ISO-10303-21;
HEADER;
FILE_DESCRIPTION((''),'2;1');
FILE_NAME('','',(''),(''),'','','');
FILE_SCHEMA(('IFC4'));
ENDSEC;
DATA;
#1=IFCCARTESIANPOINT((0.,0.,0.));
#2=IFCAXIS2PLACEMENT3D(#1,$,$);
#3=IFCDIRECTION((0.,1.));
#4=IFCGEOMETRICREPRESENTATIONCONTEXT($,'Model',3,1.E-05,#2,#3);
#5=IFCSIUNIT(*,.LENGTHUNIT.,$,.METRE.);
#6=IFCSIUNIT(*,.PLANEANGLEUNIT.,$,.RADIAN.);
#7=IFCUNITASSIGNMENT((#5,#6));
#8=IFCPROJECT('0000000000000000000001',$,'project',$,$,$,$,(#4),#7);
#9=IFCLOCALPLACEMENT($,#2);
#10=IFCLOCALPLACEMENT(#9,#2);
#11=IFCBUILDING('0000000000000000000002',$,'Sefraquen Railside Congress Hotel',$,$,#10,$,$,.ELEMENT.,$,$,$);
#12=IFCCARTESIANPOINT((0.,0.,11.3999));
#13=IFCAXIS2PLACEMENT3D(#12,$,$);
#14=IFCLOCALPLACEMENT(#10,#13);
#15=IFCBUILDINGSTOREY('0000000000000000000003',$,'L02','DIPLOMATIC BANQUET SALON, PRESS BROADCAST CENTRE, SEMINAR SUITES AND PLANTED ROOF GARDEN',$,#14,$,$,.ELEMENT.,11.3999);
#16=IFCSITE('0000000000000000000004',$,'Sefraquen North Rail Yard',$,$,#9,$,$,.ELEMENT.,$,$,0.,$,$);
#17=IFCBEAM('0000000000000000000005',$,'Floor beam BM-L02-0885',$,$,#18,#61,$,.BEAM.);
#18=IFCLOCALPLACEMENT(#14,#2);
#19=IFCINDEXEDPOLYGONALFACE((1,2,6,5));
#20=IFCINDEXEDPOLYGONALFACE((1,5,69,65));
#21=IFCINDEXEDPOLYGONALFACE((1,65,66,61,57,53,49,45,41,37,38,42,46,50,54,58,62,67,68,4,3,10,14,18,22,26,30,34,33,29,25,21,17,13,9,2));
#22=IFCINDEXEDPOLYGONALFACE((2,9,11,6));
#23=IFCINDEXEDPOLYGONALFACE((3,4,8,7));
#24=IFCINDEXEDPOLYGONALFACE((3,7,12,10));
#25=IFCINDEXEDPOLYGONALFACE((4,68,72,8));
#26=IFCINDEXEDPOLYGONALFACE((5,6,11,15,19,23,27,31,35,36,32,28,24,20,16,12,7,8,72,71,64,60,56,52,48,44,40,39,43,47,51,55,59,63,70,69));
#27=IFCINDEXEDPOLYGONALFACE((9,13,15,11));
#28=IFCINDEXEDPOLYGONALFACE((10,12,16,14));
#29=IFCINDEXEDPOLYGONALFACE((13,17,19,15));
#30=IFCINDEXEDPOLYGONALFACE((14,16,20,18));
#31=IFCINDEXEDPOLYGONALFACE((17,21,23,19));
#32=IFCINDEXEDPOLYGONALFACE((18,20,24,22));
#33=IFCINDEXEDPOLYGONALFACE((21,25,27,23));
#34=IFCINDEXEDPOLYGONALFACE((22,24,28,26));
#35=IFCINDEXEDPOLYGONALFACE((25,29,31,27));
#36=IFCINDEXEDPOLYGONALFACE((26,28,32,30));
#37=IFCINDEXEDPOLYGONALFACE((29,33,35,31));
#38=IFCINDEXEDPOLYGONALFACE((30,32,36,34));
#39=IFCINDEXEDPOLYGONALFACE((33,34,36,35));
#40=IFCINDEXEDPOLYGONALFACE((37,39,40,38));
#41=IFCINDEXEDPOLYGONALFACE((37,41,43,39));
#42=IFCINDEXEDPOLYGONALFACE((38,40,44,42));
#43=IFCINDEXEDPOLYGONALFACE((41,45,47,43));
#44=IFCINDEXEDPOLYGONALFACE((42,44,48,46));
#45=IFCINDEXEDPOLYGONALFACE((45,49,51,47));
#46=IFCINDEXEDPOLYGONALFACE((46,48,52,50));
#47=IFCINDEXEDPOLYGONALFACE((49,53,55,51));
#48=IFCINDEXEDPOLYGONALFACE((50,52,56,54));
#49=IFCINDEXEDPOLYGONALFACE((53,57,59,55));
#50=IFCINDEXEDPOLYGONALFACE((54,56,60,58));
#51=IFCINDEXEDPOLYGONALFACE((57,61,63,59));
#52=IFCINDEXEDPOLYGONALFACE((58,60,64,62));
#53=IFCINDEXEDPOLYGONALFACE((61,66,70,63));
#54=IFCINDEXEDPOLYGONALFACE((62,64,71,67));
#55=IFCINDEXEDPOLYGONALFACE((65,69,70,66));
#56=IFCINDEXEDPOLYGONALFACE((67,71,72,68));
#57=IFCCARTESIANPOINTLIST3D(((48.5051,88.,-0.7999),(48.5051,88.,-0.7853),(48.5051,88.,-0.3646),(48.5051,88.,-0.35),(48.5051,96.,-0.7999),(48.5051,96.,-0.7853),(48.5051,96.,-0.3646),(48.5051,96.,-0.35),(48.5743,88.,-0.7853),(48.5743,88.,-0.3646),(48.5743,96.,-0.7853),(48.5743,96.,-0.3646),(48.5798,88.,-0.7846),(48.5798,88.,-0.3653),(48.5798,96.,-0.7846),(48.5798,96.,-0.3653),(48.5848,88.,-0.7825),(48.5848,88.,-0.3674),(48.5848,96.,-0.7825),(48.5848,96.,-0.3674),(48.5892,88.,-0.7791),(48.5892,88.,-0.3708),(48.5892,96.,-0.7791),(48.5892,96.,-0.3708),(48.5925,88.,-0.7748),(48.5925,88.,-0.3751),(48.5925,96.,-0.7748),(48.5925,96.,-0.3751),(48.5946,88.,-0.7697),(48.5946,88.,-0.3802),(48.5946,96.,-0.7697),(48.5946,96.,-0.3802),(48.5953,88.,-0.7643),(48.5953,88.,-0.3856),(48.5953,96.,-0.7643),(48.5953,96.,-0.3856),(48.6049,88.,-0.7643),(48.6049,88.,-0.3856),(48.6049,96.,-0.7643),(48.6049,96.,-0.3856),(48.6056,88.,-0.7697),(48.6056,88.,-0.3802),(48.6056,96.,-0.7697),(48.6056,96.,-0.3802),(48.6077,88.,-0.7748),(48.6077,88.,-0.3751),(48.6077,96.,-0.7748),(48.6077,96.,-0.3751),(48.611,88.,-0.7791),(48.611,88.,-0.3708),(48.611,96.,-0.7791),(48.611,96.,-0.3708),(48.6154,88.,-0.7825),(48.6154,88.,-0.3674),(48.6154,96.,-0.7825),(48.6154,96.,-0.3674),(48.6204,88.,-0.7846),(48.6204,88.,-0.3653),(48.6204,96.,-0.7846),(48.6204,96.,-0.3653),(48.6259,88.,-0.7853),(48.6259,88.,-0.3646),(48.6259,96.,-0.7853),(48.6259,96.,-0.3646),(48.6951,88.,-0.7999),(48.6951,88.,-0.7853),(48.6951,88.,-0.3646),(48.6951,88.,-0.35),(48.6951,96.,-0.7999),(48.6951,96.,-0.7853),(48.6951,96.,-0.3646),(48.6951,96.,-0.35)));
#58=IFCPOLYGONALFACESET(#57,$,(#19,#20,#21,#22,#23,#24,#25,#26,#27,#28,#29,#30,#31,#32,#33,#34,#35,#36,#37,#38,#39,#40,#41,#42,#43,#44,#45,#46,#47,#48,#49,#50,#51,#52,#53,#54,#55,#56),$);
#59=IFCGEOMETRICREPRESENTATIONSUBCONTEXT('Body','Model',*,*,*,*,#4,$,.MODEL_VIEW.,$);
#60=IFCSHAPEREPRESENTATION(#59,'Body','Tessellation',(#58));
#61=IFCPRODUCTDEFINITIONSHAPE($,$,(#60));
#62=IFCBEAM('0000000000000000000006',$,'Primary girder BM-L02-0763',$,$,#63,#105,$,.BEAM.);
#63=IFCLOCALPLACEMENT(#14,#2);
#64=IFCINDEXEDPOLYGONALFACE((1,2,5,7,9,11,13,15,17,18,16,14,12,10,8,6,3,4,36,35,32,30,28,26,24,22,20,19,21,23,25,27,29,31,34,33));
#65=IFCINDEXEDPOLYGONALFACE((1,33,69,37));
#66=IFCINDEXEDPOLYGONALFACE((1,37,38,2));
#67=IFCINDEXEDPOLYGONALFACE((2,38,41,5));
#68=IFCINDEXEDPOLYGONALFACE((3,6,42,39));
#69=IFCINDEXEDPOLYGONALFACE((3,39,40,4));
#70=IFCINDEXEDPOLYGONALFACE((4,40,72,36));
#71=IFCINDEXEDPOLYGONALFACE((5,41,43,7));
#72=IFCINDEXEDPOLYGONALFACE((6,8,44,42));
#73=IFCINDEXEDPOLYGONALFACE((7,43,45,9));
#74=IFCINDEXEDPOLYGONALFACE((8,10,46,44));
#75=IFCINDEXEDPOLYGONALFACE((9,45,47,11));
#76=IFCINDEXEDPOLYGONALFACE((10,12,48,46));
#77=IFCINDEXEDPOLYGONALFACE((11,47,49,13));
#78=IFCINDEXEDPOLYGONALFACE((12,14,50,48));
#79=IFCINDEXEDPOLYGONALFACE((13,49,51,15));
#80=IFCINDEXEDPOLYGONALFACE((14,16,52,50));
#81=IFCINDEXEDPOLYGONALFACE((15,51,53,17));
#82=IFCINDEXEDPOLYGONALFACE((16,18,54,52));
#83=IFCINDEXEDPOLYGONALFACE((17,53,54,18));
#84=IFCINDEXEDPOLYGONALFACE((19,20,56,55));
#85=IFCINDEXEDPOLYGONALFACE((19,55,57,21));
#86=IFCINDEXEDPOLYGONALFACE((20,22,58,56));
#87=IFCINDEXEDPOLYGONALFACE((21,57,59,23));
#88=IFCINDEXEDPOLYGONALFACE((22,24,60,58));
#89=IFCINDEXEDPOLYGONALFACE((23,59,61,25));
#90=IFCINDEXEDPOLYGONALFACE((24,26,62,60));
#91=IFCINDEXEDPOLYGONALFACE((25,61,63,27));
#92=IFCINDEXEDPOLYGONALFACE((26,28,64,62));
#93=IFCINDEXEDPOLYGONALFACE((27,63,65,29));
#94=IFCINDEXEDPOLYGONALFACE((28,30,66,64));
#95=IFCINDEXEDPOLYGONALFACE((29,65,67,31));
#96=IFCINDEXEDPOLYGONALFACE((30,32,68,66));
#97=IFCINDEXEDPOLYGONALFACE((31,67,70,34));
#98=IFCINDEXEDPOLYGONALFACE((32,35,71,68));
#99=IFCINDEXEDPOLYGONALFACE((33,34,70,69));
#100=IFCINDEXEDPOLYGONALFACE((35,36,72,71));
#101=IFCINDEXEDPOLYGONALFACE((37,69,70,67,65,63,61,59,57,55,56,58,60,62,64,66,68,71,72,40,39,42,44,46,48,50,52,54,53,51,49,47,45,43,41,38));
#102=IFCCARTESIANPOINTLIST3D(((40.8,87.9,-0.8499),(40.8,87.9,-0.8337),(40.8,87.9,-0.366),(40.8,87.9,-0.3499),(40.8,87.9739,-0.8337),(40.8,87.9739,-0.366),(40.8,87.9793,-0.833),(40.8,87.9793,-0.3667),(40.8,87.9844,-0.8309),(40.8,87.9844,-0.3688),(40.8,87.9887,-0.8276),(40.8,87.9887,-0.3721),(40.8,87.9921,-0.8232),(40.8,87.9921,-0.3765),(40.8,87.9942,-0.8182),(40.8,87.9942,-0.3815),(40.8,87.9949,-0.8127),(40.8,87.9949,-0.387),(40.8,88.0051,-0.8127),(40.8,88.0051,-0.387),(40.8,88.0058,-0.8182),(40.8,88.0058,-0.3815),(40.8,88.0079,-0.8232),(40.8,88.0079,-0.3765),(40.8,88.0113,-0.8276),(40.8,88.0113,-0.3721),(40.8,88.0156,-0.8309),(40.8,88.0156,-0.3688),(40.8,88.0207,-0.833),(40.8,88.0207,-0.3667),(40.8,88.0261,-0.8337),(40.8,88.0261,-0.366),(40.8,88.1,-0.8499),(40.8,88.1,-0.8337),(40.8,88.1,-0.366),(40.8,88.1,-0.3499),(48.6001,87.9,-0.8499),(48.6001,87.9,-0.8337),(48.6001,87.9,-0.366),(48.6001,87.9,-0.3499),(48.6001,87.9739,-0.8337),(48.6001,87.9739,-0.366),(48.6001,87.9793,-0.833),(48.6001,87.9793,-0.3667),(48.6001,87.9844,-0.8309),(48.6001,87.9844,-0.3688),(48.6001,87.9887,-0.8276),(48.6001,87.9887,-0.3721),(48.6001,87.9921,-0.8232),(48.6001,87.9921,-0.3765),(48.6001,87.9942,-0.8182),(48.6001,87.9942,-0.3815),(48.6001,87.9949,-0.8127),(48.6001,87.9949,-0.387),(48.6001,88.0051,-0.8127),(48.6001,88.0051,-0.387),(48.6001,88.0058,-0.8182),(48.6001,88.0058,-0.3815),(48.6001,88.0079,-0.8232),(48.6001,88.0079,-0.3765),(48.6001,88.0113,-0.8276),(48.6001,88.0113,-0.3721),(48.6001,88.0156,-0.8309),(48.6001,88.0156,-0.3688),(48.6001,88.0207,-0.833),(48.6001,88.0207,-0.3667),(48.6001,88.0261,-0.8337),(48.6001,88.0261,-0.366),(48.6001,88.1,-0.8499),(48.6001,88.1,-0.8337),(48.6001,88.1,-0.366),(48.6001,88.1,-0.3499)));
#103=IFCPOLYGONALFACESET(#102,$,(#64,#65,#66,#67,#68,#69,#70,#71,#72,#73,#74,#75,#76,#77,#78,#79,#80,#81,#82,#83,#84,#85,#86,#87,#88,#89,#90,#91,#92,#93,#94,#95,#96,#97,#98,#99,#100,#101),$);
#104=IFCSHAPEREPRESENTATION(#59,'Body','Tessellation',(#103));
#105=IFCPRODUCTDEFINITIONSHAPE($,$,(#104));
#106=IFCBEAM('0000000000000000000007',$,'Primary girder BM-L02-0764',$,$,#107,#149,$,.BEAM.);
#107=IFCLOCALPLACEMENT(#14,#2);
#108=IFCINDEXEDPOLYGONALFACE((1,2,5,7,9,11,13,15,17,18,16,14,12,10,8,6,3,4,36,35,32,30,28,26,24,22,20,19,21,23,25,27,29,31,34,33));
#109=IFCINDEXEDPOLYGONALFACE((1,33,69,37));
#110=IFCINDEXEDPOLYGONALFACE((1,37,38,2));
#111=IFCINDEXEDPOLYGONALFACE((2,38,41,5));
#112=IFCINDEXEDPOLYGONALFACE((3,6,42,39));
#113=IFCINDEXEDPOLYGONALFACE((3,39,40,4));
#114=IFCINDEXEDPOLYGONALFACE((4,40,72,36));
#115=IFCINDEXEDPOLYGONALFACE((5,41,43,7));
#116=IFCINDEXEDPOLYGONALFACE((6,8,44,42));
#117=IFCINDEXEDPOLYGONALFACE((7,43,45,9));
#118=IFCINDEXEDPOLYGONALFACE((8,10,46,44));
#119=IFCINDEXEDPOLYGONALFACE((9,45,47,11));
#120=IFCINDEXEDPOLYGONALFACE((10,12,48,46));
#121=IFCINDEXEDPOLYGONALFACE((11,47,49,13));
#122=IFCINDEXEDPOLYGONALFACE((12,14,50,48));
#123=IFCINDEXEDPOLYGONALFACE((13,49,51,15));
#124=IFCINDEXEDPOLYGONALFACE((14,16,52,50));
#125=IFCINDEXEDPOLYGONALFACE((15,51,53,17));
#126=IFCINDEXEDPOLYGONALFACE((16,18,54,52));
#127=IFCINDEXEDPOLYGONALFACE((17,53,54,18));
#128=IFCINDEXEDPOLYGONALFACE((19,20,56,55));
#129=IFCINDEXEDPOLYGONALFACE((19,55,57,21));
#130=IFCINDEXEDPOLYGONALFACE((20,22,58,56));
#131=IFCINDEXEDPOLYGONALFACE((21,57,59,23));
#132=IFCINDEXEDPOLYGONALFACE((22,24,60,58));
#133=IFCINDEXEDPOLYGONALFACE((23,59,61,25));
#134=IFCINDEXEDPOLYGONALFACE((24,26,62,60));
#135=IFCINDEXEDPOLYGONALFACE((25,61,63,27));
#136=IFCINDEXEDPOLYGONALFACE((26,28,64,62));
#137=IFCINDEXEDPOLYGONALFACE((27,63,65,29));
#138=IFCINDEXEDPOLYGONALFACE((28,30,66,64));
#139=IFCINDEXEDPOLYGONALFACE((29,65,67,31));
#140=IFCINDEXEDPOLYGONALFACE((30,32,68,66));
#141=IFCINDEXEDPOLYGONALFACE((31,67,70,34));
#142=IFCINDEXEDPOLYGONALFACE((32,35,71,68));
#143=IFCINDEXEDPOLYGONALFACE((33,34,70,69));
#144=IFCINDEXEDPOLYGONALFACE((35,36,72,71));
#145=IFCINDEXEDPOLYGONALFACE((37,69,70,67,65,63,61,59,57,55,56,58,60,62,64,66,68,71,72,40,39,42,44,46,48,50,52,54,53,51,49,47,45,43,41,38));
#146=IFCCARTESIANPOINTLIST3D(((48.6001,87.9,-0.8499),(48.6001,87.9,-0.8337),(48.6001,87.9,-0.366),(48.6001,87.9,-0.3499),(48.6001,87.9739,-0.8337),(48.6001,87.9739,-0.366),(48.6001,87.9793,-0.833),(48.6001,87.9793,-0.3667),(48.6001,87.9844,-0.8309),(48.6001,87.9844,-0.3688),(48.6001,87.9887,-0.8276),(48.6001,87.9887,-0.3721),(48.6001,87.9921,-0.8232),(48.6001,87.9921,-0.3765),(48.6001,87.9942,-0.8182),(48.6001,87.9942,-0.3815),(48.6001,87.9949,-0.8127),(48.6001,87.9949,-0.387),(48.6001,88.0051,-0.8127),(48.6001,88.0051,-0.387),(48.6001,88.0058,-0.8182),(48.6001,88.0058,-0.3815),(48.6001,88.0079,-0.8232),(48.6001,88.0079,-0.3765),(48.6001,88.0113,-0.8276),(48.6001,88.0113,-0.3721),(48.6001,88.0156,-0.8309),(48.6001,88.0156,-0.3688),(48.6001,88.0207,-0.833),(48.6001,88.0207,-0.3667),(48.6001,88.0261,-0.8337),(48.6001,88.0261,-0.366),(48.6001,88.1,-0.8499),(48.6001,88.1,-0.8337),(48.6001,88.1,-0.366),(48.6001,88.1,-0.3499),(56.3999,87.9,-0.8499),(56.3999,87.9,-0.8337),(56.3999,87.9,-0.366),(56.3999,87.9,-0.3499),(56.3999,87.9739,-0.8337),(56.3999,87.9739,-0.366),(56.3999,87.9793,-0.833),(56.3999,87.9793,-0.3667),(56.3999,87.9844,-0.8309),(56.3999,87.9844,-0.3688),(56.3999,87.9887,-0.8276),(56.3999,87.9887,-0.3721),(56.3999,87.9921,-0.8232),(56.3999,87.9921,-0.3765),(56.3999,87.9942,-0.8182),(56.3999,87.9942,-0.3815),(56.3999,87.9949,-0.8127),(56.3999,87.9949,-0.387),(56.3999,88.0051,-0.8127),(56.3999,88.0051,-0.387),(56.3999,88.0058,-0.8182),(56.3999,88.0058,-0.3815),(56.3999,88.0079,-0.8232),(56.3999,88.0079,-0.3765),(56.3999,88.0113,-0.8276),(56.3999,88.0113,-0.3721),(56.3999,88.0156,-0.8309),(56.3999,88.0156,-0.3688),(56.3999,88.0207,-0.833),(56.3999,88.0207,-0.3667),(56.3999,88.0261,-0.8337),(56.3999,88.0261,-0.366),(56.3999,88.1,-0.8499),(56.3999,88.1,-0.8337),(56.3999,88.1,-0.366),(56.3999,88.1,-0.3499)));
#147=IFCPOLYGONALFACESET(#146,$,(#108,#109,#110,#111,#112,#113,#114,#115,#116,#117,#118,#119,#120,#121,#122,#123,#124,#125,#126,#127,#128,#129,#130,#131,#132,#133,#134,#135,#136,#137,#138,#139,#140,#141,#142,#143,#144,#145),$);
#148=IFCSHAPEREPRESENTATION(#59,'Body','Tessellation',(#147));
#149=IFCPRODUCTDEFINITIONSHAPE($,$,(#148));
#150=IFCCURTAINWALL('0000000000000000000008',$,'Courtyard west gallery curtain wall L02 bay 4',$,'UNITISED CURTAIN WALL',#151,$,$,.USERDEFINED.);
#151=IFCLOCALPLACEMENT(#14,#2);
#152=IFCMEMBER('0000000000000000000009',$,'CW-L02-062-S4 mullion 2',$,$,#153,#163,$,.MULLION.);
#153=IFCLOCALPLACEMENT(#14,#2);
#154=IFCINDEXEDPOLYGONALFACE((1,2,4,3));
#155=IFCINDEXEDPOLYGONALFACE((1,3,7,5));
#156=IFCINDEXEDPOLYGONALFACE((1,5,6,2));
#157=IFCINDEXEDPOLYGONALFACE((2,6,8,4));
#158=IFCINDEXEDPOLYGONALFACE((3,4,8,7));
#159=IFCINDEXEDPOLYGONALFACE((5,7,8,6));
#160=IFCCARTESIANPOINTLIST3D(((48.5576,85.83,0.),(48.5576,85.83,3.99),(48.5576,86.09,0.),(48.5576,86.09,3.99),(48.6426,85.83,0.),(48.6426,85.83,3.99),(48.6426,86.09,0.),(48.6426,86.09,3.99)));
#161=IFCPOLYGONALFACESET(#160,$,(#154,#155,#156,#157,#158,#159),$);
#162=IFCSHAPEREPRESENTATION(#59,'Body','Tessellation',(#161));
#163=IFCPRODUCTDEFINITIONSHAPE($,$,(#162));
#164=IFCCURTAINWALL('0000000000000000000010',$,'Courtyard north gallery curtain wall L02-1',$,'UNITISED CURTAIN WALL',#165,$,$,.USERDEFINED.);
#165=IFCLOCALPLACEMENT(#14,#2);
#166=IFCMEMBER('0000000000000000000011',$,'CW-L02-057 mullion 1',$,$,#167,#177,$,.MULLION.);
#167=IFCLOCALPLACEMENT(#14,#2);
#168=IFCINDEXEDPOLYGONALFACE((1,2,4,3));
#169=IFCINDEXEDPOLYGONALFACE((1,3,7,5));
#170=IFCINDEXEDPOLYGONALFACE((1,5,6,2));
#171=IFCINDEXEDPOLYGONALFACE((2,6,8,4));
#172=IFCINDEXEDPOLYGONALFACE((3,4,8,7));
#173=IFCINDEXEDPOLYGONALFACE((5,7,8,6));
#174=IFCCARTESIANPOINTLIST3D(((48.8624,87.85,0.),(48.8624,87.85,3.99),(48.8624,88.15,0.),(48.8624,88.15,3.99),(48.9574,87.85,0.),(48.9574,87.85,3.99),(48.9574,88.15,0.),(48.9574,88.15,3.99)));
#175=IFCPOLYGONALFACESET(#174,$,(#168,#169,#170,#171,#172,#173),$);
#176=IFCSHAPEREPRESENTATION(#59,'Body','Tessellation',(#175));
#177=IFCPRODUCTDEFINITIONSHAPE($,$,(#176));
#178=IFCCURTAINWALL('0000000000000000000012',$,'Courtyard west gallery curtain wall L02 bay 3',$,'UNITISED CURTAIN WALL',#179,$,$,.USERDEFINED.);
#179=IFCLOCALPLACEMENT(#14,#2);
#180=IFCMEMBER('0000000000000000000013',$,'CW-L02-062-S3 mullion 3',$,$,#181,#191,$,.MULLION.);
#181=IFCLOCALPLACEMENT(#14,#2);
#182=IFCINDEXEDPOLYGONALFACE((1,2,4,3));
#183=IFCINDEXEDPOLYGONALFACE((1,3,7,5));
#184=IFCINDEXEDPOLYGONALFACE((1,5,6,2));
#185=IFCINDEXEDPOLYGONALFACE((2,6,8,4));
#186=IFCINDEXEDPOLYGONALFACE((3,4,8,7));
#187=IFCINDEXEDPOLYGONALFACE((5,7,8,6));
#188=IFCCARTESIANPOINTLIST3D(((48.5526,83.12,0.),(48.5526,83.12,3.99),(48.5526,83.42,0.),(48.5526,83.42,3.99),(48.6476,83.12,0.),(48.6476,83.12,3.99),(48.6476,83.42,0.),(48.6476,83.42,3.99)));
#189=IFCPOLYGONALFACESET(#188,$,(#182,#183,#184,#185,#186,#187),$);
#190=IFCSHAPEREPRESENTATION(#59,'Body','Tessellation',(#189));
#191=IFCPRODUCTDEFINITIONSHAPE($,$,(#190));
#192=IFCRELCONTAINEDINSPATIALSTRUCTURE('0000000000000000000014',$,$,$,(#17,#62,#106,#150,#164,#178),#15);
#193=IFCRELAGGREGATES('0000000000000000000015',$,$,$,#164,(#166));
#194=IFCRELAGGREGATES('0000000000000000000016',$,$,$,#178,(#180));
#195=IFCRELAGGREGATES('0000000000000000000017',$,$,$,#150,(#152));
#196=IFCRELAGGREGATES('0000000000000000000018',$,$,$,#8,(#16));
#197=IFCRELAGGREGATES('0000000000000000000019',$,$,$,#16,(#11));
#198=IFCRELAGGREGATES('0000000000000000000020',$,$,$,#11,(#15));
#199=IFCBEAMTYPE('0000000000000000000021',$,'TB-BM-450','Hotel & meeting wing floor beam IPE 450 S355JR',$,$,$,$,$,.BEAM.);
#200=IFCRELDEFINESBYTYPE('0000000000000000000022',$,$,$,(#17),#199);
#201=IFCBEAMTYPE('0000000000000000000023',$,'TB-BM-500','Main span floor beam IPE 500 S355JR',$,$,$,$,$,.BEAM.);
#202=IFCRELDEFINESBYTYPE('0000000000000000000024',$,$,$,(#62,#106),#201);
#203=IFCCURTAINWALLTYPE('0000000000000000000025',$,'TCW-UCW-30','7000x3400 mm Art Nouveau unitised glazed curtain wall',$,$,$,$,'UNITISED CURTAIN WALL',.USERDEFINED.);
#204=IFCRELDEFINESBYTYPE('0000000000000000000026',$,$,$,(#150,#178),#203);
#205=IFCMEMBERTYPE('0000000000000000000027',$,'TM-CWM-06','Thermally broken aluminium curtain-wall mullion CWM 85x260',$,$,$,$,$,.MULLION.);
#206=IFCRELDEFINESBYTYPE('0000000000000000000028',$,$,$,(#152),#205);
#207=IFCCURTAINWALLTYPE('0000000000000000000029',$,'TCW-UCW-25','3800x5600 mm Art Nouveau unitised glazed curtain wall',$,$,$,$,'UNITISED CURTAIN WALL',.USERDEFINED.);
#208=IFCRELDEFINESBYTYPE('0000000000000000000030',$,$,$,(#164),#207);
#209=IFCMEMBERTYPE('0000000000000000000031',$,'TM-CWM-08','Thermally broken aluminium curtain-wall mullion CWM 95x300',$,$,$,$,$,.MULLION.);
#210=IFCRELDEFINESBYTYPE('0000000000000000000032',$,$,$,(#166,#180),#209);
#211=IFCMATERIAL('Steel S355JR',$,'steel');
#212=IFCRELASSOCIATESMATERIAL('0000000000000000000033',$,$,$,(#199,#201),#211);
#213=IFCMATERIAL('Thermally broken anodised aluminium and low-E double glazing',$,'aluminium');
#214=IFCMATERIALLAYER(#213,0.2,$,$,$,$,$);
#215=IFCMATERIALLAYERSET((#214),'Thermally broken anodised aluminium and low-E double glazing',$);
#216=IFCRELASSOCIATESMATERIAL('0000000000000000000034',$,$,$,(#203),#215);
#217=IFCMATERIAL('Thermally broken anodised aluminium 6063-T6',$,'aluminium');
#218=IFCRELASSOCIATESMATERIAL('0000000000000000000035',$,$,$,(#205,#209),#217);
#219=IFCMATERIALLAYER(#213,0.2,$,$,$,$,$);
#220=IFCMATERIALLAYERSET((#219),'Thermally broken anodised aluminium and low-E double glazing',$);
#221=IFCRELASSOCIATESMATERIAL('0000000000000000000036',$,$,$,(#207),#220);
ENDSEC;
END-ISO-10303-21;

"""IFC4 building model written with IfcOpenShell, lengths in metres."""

from ifc_helpers import new_model, si_unit, direction, frame, origin, origin_2d, place, context, subcontext, project, spatial, rectangle, i_section, extrude, material, layer, layer_set, material_profile, profile_set, type_object, element, aggregate, save


model = new_model("IFC4")

# Units and contexts
model_context = context("Model", 3, precision=1e-05, world=origin(), true_north=direction((0.0, 1.0)))
body_context = subcontext(model_context, "Body", "Model", "MODEL_VIEW")
ifc_project = project(units=[si_unit("LENGTHUNIT", "METRE"), si_unit("PLANEANGLEUNIT", "RADIAN")], contexts=[model_context])

# Site, building, storey
site_placement = place(None, origin())
site = spatial("IfcSite", under=ifc_project, at=site_placement, Name="Sefraquen North Rail Yard", CompositionType="ELEMENT", RefElevation=0.0)
building_placement = place(site_placement, origin())
building = spatial("IfcBuilding", under=site, at=building_placement, Name="Sefraquen Railside Congress Hotel", CompositionType="ELEMENT")
storey_placement = place(building_placement, frame((0.0, 0.0, 11.3999)))
storey = spatial("IfcBuildingStorey", under=building, at=storey_placement, Name="L02", Description="DIPLOMATIC BANQUET SALON, PRESS BROADCAST CENTRE, SEMINAR SUITES AND PLANTED ROOF GARDEN", CompositionType="ELEMENT", Elevation=11.3999)

# Shared definitions
ifc_material_1 = material(Name="Steel S355JR", Category="steel")

# Beams
ifc_material_profile_1 = material_profile(ifc_material_1, i_section(OverallWidth=0.1899, OverallDepth=0.45, WebThickness=0.0095, FlangeThickness=0.0146, FilletRadius=0.021, at=origin_2d()), Name="IPE 450")
ifc_profile_set_1 = profile_set([ifc_material_profile_1], Name="Steel S355JR")
beam_type_1 = type_object("IfcBeamType", Name="TB-BM-450", Description="Hotel & meeting wing floor beam IPE 450 S355JR", PredefinedType="BEAM", material=ifc_profile_set_1)
for number, where, z_axis, x_axis, name in (
    (1, (48.6001, 88.0, -0.575), (0.0, 1.0, 0.0), (-1.0, 0.0, 0.0), "Floor beam BM-L02-0885"),
):
    element("IfcBeam", number, at=place(storey_placement, frame(where, z_axis=z_axis, x_axis=x_axis)), inside=storey, type_object=beam_type_1, Name=name, PredefinedType="BEAM", context=body_context, shape_type="SweptSolid", body=[
        extrude(i_section(OverallWidth=0.1899, OverallDepth=0.45, WebThickness=0.0095, FlangeThickness=0.0146, FilletRadius=0.021, at=origin_2d()), origin(), (0.0, 0.0, 1.0), 8.0),
    ])
ifc_material_profile_2 = material_profile(ifc_material_1, i_section(OverallWidth=0.2, OverallDepth=0.5, WebThickness=0.0103, FlangeThickness=0.0161, FilletRadius=0.021, at=origin_2d()), Name="IPE 500")
ifc_profile_set_2 = profile_set([ifc_material_profile_2], Name="Steel S355JR")
beam_type_2 = type_object("IfcBeamType", Name="TB-BM-500", Description="Main span floor beam IPE 500 S355JR", PredefinedType="BEAM", material=ifc_profile_set_2)
beam_1_placement = place(storey_placement, frame((40.8, 88.0, -0.5999), z_axis=(1.0, 0.0, 0.0), x_axis=(0.0, 1.0, 0.0)))
element("IfcBeam", 2, at=beam_1_placement, inside=storey, type_object=beam_type_2, Name="Primary girder BM-L02-0763", PredefinedType="BEAM", context=body_context, shape_type="SweptSolid", body=[
    extrude(i_section(OverallWidth=0.2, OverallDepth=0.5, WebThickness=0.0103, FlangeThickness=0.0161, FilletRadius=0.021, at=origin_2d()), origin(), (0.0, 0.0, 1.0), 7.8),
])
beam_2_placement = place(storey_placement, frame((48.6001, 88.0, -0.5999), z_axis=(1.0, 0.0, 0.0), x_axis=(0.0, 1.0, 0.0)))
element("IfcBeam", 3, at=beam_2_placement, inside=storey, type_object=beam_type_2, Name="Primary girder BM-L02-0764", PredefinedType="BEAM", context=body_context, shape_type="SweptSolid", body=[
    extrude(i_section(OverallWidth=0.2, OverallDepth=0.5, WebThickness=0.0103, FlangeThickness=0.0161, FilletRadius=0.021, at=origin_2d()), origin(), (0.0, 0.0, 1.0), 7.7998),
])

# Curtain walls, members
ifc_material_2 = material(Name="Thermally broken anodised aluminium and low-E double glazing", Category="aluminium")
ifc_layer_1 = layer(ifc_material_2, 0.2)
ifc_layer_set_1 = layer_set([ifc_layer_1], Name="Thermally broken anodised aluminium and low-E double glazing")
curtain_wall_type_1 = type_object("IfcCurtainWallType", Name="TCW-UCW-30", Description="7000x3400 mm Art Nouveau unitised glazed curtain wall", ElementType="UNITISED CURTAIN WALL", PredefinedType="USERDEFINED", material=ifc_layer_set_1)
curtain_wall_1_placement = place(storey_placement, origin())
curtain_wall_1 = element("IfcCurtainWall", 4, at=curtain_wall_1_placement, inside=storey, type_object=curtain_wall_type_1, Name="Courtyard west gallery curtain wall L02 bay 4", ObjectType="UNITISED CURTAIN WALL", PredefinedType="USERDEFINED")
ifc_material_3 = material(Name="Thermally broken anodised aluminium 6063-T6", Category="aluminium")
ifc_material_profile_3 = material_profile(ifc_material_3, rectangle(XDim=0.085, YDim=0.26, at=origin_2d()), Name="CWM 85x260")
ifc_profile_set_3 = profile_set([ifc_material_profile_3], Name="Thermally broken anodised aluminium 6063-T6")
member_type_1 = type_object("IfcMemberType", Name="TM-CWM-06", Description="Thermally broken aluminium curtain-wall mullion CWM 85x260", PredefinedType="MULLION", material=ifc_profile_set_3)
member_1_placement = place(storey_placement, frame((48.6001, 85.96, 0.0), z_axis=(0.0, 0.0, 1.0), x_axis=(1.0, 0.0, 0.0)))
member_1 = element("IfcMember", 5, at=member_1_placement, type_object=member_type_1, Name="CW-L02-062-S4 mullion 2", PredefinedType="MULLION", context=body_context, shape_type="SweptSolid", body=[
    extrude(rectangle(XDim=0.085, YDim=0.26, at=origin_2d()), origin(), (0.0, 0.0, 1.0), 3.99),
])
ifc_layer_2 = layer(ifc_material_2, 0.2)
ifc_layer_set_2 = layer_set([ifc_layer_2], Name="Thermally broken anodised aluminium and low-E double glazing")
curtain_wall_type_2 = type_object("IfcCurtainWallType", Name="TCW-UCW-25", Description="3800x5600 mm Art Nouveau unitised glazed curtain wall", ElementType="UNITISED CURTAIN WALL", PredefinedType="USERDEFINED", material=ifc_layer_set_2)
curtain_wall_2_placement = place(storey_placement, origin())
curtain_wall_2 = element("IfcCurtainWall", 6, at=curtain_wall_2_placement, inside=storey, type_object=curtain_wall_type_2, Name="Courtyard north gallery curtain wall L02-1", ObjectType="UNITISED CURTAIN WALL", PredefinedType="USERDEFINED")
ifc_material_profile_4 = material_profile(ifc_material_3, rectangle(XDim=0.095, YDim=0.3, at=origin_2d()), Name="CWM 95x300")
ifc_profile_set_4 = profile_set([ifc_material_profile_4], Name="Thermally broken anodised aluminium 6063-T6")
member_type_2 = type_object("IfcMemberType", Name="TM-CWM-08", Description="Thermally broken aluminium curtain-wall mullion CWM 95x300", PredefinedType="MULLION", material=ifc_profile_set_4)
member_2_placement = place(storey_placement, frame((48.9099, 88.0, 0.0), z_axis=(0.0, 0.0, 1.0), x_axis=(1.0, 0.0, 0.0)))
member_2 = element("IfcMember", 7, at=member_2_placement, type_object=member_type_2, Name="CW-L02-057 mullion 1", PredefinedType="MULLION", context=body_context, shape_type="SweptSolid", body=[
    extrude(rectangle(XDim=0.095, YDim=0.3, at=origin_2d()), origin(), (0.0, 0.0, 1.0), 3.99),
])
curtain_wall_3_placement = place(storey_placement, origin())
curtain_wall_3 = element("IfcCurtainWall", 8, at=curtain_wall_3_placement, inside=storey, type_object=curtain_wall_type_1, Name="Courtyard west gallery curtain wall L02 bay 3", ObjectType="UNITISED CURTAIN WALL", PredefinedType="USERDEFINED")
member_3_placement = place(storey_placement, frame((48.6001, 83.27, 0.0), z_axis=(0.0, 0.0, 1.0), x_axis=(1.0, 0.0, 0.0)))
member_3 = element("IfcMember", 9, at=member_3_placement, type_object=member_type_2, Name="CW-L02-062-S3 mullion 3", PredefinedType="MULLION", context=body_context, shape_type="SweptSolid", body=[
    extrude(rectangle(XDim=0.095, YDim=0.3, at=origin_2d()), origin(), (0.0, 0.0, 1.0), 3.99),
])

aggregate(curtain_wall_2, [member_2])

aggregate(curtain_wall_3, [member_3])
aggregate(curtain_wall_1, [member_1])

save(model, "model.ifc")
